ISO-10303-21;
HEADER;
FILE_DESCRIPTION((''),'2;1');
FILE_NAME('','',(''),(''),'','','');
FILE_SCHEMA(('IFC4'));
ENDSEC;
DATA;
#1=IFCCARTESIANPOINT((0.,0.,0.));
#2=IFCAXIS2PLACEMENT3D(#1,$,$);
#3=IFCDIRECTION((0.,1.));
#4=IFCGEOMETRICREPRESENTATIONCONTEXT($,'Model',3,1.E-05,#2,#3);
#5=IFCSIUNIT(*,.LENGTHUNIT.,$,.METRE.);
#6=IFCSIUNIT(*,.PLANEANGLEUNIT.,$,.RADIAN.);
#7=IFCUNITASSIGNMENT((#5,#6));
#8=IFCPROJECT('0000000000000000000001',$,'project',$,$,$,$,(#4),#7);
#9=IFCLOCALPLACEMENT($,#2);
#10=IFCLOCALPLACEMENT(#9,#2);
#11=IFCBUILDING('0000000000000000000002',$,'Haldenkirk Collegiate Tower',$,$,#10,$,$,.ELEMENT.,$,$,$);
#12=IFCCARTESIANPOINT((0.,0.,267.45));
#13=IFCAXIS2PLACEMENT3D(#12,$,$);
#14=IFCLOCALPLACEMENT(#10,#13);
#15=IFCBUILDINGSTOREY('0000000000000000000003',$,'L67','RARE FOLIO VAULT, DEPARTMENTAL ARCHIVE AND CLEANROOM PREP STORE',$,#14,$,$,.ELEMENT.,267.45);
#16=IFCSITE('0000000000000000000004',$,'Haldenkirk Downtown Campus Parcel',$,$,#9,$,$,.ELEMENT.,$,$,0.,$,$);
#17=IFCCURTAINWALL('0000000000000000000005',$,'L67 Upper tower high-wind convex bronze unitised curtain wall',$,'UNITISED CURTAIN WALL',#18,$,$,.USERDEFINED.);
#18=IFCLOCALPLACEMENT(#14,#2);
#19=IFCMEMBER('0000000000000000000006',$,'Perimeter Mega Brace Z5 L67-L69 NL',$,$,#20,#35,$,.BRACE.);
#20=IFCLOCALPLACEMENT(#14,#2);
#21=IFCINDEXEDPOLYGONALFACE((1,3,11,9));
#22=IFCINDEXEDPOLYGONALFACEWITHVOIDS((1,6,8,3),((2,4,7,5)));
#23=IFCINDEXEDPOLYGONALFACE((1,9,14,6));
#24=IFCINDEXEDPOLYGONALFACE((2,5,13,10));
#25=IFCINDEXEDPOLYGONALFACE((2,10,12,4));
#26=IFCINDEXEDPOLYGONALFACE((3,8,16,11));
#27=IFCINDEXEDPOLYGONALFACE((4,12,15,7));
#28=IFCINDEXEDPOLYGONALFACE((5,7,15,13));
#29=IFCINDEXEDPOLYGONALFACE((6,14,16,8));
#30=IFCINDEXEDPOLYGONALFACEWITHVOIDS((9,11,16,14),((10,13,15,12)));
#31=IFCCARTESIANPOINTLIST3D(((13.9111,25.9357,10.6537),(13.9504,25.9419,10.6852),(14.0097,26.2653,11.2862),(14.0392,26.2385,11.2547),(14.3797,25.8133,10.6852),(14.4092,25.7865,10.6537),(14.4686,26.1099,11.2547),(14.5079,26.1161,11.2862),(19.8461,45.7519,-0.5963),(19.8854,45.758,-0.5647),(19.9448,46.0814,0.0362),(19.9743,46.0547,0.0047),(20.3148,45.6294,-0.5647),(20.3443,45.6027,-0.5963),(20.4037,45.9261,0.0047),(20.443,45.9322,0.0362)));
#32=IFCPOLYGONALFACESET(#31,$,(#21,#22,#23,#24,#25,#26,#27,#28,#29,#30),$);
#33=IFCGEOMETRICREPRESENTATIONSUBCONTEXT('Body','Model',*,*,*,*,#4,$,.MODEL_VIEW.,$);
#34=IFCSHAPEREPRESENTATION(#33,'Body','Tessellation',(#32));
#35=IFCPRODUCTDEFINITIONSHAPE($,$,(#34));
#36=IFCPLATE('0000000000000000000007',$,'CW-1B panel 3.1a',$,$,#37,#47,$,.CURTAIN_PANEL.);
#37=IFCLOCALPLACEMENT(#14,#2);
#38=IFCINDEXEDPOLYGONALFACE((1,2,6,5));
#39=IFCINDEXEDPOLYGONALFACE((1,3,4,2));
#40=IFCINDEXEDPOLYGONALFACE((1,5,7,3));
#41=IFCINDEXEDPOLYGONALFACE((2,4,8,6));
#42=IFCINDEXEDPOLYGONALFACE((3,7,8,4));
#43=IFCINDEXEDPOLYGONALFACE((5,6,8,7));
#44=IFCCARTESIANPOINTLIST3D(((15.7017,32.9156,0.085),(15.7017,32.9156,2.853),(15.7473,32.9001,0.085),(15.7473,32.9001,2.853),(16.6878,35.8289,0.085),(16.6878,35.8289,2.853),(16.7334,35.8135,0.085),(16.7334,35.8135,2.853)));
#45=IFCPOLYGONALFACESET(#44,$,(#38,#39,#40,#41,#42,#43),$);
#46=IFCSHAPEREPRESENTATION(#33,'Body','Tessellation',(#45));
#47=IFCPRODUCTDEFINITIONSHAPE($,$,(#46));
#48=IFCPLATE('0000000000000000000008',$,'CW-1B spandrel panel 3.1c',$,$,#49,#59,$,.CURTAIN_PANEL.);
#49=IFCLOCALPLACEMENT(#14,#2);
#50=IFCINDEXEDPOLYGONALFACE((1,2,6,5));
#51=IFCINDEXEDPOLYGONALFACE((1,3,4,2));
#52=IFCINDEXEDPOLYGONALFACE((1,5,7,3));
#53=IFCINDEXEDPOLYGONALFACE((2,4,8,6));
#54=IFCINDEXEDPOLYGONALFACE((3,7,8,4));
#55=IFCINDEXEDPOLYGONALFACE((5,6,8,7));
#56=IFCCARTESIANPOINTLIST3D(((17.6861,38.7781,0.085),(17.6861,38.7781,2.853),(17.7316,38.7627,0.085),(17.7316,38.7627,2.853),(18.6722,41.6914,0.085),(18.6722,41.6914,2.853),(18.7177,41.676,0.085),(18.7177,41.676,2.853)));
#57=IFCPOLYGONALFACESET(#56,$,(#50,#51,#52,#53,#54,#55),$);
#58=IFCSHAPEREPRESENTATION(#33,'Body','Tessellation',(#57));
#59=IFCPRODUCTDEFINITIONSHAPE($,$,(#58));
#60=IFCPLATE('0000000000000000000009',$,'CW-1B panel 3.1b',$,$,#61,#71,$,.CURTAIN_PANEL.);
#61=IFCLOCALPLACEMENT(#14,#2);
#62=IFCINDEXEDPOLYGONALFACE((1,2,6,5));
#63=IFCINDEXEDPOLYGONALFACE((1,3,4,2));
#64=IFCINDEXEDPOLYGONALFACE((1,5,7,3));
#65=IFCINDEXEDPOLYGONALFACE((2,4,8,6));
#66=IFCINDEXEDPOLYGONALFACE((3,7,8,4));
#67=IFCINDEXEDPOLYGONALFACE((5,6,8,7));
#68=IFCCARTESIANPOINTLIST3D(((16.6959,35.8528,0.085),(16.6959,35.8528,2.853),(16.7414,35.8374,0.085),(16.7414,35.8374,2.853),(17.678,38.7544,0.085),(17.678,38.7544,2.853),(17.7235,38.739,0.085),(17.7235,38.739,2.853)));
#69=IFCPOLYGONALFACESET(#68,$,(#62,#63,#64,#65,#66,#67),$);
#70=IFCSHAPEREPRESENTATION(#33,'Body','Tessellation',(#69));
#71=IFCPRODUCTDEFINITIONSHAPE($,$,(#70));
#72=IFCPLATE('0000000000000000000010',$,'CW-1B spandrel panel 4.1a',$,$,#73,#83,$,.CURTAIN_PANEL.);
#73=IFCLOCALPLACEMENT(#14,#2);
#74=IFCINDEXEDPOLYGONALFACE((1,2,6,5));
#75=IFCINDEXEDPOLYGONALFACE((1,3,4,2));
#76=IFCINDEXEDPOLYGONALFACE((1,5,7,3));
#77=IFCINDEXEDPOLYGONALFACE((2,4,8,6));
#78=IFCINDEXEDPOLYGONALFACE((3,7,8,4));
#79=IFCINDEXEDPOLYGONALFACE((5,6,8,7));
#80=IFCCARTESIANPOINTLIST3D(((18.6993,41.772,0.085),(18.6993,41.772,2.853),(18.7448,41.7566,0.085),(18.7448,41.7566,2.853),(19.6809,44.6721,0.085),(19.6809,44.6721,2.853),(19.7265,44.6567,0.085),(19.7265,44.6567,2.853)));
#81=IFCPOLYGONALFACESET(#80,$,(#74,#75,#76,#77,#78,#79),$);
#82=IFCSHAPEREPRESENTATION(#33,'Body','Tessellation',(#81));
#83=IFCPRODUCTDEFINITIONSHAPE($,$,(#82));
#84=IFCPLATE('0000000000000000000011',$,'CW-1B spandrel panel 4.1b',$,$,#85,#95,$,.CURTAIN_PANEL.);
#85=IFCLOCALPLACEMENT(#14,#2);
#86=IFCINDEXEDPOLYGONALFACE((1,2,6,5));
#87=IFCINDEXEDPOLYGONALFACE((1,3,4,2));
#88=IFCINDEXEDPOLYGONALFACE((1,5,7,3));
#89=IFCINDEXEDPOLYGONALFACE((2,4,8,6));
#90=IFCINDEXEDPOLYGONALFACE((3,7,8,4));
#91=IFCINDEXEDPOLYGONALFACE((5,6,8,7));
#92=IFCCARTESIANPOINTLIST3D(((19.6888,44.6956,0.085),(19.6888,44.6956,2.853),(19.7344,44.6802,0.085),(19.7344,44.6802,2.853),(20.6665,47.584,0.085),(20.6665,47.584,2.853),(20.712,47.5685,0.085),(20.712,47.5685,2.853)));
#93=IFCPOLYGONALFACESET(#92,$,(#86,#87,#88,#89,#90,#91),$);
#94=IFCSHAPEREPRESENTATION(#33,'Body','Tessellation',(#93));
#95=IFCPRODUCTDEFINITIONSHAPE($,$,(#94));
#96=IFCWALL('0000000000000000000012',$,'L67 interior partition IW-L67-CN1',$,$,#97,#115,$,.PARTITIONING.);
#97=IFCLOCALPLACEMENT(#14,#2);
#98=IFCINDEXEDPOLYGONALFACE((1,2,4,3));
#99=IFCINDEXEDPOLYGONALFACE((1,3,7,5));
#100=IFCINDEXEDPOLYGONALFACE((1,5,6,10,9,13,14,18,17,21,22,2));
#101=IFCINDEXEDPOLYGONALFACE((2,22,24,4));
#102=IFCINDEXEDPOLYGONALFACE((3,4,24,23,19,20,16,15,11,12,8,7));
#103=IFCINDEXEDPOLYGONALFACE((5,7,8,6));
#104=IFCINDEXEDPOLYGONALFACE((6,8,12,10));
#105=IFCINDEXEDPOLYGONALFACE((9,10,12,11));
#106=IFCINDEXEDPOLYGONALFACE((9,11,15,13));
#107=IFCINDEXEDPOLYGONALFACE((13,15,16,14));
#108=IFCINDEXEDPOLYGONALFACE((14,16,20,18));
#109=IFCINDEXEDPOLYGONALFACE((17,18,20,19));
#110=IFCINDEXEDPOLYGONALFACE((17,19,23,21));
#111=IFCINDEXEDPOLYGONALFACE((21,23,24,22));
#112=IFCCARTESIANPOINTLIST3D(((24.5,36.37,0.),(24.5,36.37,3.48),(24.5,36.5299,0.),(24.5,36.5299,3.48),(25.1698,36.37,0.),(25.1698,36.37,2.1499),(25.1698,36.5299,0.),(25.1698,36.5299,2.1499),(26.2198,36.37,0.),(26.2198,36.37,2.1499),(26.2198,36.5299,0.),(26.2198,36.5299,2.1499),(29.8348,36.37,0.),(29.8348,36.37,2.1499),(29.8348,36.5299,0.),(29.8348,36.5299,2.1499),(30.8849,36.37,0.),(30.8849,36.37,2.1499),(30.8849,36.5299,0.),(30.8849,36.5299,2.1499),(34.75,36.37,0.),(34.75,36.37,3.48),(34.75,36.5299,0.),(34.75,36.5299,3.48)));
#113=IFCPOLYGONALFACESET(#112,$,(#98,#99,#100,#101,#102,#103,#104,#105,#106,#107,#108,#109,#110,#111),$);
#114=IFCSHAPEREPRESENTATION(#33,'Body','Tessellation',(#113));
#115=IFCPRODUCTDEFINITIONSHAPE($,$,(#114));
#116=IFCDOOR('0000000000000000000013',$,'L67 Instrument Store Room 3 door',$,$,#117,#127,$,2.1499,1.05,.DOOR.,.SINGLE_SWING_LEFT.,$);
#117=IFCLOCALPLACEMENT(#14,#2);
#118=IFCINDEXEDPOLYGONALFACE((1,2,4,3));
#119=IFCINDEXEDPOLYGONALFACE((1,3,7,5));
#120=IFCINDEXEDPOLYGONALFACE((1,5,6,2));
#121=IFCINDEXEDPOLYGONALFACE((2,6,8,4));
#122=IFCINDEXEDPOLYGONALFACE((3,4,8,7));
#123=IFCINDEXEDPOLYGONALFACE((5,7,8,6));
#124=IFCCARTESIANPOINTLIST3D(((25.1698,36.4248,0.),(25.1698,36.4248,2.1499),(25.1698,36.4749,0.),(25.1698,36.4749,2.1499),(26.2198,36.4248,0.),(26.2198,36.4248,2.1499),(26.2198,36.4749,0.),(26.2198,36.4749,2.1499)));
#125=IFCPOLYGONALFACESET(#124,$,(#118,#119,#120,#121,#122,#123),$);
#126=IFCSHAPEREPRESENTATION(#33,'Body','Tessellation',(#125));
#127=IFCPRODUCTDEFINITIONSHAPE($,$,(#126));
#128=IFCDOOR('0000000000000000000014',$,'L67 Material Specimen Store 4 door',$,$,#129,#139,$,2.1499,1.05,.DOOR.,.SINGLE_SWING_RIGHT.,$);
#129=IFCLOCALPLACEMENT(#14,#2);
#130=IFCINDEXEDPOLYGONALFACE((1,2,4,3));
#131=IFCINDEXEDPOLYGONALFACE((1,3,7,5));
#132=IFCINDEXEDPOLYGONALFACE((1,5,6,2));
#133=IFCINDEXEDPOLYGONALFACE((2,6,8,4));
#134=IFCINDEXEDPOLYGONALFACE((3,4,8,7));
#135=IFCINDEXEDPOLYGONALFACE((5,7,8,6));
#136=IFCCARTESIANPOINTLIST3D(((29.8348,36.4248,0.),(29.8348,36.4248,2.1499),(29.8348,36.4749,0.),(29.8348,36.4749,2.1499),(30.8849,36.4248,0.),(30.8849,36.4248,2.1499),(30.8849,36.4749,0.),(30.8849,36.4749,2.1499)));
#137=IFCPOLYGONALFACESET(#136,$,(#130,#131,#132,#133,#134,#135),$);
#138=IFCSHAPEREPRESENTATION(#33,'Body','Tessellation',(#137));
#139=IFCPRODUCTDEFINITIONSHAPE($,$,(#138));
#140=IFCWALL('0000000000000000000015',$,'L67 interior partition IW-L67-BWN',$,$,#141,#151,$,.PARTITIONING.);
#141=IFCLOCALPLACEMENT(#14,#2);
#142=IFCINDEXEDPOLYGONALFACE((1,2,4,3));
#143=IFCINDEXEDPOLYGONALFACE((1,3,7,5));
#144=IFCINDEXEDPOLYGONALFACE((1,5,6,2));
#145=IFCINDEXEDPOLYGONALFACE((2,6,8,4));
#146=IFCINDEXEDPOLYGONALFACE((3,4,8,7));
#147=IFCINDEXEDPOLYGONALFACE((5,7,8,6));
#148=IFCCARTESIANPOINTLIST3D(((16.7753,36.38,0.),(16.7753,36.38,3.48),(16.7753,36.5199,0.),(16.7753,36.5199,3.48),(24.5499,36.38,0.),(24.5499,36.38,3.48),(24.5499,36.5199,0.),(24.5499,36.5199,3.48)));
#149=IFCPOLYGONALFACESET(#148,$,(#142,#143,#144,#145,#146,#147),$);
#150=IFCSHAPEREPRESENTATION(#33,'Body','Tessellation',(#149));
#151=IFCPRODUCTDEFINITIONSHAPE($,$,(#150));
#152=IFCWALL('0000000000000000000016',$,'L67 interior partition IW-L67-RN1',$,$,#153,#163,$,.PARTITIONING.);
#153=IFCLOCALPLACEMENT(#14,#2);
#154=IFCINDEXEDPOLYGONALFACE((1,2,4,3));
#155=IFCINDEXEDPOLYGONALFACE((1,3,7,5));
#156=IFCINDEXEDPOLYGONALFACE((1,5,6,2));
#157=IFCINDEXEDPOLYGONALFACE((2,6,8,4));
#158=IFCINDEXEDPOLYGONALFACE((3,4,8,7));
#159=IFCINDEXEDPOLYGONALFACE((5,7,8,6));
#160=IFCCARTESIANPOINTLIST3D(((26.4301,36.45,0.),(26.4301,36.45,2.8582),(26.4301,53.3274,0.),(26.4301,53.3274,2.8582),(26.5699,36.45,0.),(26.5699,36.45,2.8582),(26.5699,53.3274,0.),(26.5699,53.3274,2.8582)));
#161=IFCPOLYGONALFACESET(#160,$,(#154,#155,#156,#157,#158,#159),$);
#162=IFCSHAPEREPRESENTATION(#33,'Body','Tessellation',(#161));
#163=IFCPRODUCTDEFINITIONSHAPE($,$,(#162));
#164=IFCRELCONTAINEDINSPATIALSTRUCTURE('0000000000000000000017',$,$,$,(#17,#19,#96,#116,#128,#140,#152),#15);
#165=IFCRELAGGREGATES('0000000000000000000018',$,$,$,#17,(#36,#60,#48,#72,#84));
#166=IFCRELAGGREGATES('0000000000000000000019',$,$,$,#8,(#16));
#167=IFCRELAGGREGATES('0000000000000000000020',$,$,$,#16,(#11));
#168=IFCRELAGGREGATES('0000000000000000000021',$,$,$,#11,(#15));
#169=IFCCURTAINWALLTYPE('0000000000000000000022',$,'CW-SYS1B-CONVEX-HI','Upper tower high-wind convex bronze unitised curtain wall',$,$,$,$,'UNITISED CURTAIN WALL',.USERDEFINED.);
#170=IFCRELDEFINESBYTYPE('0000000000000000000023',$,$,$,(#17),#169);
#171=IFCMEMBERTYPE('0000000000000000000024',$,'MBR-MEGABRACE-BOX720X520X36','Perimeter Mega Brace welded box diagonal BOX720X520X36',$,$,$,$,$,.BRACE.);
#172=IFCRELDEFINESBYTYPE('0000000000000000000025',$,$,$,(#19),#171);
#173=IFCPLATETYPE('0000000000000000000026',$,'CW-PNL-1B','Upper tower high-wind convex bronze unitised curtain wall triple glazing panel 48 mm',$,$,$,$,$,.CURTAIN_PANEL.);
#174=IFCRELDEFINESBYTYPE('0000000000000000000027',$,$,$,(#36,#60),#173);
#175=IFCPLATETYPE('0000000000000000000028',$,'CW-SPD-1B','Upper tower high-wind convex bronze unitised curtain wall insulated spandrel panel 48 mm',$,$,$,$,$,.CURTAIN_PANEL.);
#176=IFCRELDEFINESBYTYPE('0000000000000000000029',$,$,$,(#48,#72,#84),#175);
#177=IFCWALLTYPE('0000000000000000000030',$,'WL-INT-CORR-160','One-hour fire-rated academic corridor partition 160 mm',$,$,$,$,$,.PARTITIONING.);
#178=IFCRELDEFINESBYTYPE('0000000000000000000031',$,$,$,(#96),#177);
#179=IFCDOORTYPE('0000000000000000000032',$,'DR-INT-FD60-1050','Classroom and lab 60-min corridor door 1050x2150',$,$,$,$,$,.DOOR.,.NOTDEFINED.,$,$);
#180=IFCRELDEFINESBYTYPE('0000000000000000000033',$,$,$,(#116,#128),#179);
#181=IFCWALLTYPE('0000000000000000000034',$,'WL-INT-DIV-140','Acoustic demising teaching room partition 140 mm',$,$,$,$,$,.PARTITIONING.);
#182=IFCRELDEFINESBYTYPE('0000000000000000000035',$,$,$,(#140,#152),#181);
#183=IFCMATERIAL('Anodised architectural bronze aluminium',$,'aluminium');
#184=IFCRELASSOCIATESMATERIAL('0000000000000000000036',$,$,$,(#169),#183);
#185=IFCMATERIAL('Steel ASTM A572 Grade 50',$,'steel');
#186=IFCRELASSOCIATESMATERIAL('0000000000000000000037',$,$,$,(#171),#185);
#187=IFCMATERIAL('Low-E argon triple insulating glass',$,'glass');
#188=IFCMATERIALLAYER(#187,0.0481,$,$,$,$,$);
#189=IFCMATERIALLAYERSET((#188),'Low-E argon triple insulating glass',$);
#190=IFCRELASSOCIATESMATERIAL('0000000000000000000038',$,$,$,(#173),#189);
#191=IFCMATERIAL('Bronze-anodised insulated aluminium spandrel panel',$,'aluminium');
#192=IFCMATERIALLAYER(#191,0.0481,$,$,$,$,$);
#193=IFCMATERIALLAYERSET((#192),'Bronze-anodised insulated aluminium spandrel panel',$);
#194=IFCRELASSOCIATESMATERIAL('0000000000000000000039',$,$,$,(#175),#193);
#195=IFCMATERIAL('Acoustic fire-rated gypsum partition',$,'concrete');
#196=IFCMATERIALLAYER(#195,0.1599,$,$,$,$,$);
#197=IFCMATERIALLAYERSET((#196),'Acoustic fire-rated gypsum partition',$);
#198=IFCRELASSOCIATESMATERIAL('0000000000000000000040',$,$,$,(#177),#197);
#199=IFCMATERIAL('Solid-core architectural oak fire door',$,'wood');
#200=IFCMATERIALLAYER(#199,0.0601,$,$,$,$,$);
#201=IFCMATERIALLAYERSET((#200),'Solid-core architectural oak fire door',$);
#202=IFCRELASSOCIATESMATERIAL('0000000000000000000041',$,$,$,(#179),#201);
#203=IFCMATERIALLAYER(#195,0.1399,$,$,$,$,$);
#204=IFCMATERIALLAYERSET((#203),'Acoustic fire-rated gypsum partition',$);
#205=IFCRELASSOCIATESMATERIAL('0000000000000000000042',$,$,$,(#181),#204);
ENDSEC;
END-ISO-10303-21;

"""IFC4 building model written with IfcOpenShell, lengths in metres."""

from ifc_helpers import new_model, si_unit, direction, frame, frame_2d, origin, origin_2d, place, context, subcontext, project, spatial, rectangle, hollow_rectangle, extrude, source, transform, mapped, material, layer, layer_set, material_profile, profile_set, type_object, element, fill, aggregate, save


model = new_model("IFC4")

# Units and contexts
model_context = context("Model", 3, precision=1e-05, world=origin(), true_north=direction((0.0, 1.0)))
body_context = subcontext(model_context, "Body", "Model", "MODEL_VIEW")
ifc_project = project(units=[si_unit("LENGTHUNIT", "METRE"), si_unit("PLANEANGLEUNIT", "RADIAN")], contexts=[model_context])

# Site, building, storey
site_placement = place(None, origin())
site = spatial("IfcSite", under=ifc_project, at=site_placement, Name="Haldenkirk Downtown Campus Parcel", CompositionType="ELEMENT", RefElevation=0.0)
building_placement = place(site_placement, origin())
building = spatial("IfcBuilding", under=site, at=building_placement, Name="Haldenkirk Collegiate Tower", CompositionType="ELEMENT")
storey_placement = place(building_placement, frame((0.0, 0.0, 267.45)))
storey = spatial("IfcBuildingStorey", under=building, at=storey_placement, Name="L67", Description="RARE FOLIO VAULT, DEPARTMENTAL ARCHIVE AND CLEANROOM PREP STORE", CompositionType="ELEMENT", Elevation=267.45)

# Curtain wall
ifc_material_1 = material(Name="Anodised architectural bronze aluminium", Category="aluminium")
curtain_wall_type = type_object("IfcCurtainWallType", Name="CW-SYS1B-CONVEX-HI", Description="Upper tower high-wind convex bronze unitised curtain wall", ElementType="UNITISED CURTAIN WALL", PredefinedType="USERDEFINED", material=ifc_material_1)
curtain_wall_placement = place(storey_placement, origin())
curtain_wall = element("IfcCurtainWall", 1, at=curtain_wall_placement, inside=storey, type_object=curtain_wall_type, Name="L67 Upper tower high-wind convex bronze unitised curtain wall", ObjectType="UNITISED CURTAIN WALL", PredefinedType="USERDEFINED")

# Member
ifc_material_2 = material(Name="Steel ASTM A572 Grade 50", Category="steel")
ifc_material_profile_1 = material_profile(ifc_material_2, hollow_rectangle(XDim=0.52, YDim=0.72, WallThickness=0.0359, at=origin_2d()), Name="BOX720X520X36")
ifc_profile_set_1 = profile_set([ifc_material_profile_1], Name="Steel ASTM A572 Grade 50")
member_type_1 = type_object("IfcMemberType", Name="MBR-MEGABRACE-BOX720X520X36", Description="Perimeter Mega Brace welded box diagonal BOX720X520X36", PredefinedType="BRACE", material=ifc_profile_set_1)
member_1_placement = place(storey_placement, frame((20.1445, 45.842, -0.28), z_axis=(-0.25205, -0.841553, 0.477765), x_axis=(0.957956, -0.286914, 0.0)))
element("IfcMember", 2, at=member_1_placement, inside=storey, type_object=member_type_1, Name="Perimeter Mega Brace Z5 L67-L69 NL", PredefinedType="BRACE", context=body_context, shape_type="SweptSolid", body=[
    extrude(hollow_rectangle(XDim=0.52, YDim=0.72, WallThickness=0.0359, at=origin_2d()), origin(), (0.0, 0.0, 1.0), 23.5471),
])

# Plates
ifc_material_3 = material(Name="Low-E argon triple insulating glass", Category="glass")
ifc_layer_1 = layer(ifc_material_3, 0.0481)
ifc_layer_set_1 = layer_set([ifc_layer_1], Name="Low-E argon triple insulating glass")
plate_type_1 = type_object("IfcPlateType", Name="CW-PNL-1B", Description="Upper tower high-wind convex bronze unitised curtain wall triple glazing panel 48 mm", PredefinedType="CURTAIN_PANEL", material=ifc_layer_set_1)
shared_shape_1 = source(origin(), body_context, "Body", "SweptSolid", [
    extrude(rectangle(XDim=3.0757, YDim=0.0481, at=origin_2d()), origin(), (0.0, 0.0, 1.0), 2.7681),
])
plate_1_placement = place(storey_placement, frame((16.2175, 34.3645, 0.085), z_axis=(0.0, 0.0, 1.0), x_axis=(0.320612, 0.947211, 0.0)))
plate_1 = element("IfcPlate", 3, at=plate_1_placement, type_object=plate_type_1, Name="CW-1B panel 3.1a", PredefinedType="CURTAIN_PANEL", context=body_context, shape_type="MappedRepresentation", body=[
    mapped(shared_shape_1, transform((0.0, 0.0, 0.0), x_axis=(1.0, 0.0, 0.0), y_axis=(0.0, 1.0, 0.0), z_axis=(0.0, 0.0, 1.0), scale=1.0)),
])
ifc_material_4 = material(Name="Bronze-anodised insulated aluminium spandrel panel", Category="aluminium")
ifc_layer_2 = layer(ifc_material_4, 0.0481)
ifc_layer_set_2 = layer_set([ifc_layer_2], Name="Bronze-anodised insulated aluminium spandrel panel")
plate_type_2 = type_object("IfcPlateType", Name="CW-SPD-1B", Description="Upper tower high-wind convex bronze unitised curtain wall insulated spandrel panel 48 mm", PredefinedType="CURTAIN_PANEL", material=ifc_layer_set_2)
plate_2_placement = place(storey_placement, frame((18.2019, 40.2271, 0.085), z_axis=(0.0, 0.0, 1.0), x_axis=(0.320612, 0.947211, 0.0)))
plate_2 = element("IfcPlate", 4, at=plate_2_placement, type_object=plate_type_2, Name="CW-1B spandrel panel 3.1c", PredefinedType="CURTAIN_PANEL", context=body_context, shape_type="MappedRepresentation", body=[
    mapped(shared_shape_1, transform((0.0, 0.0, 0.0), x_axis=(1.0, 0.0, 0.0), y_axis=(0.0, 1.0, 0.0), z_axis=(0.0, 0.0, 1.0), scale=1.0)),
])
shared_shape_2 = source(origin(), body_context, "Body", "SweptSolid", [
    extrude(rectangle(XDim=3.0632, YDim=0.0481, at=origin_2d()), origin(), (0.0, 0.0, 1.0), 2.7681),
])
plate_3_placement = place(storey_placement, frame((17.2097, 37.2959, 0.085), z_axis=(0.0, 0.0, 1.0), x_axis=(0.320612, 0.947211, 0.0)))
plate_3 = element("IfcPlate", 5, at=plate_3_placement, type_object=plate_type_1, Name="CW-1B panel 3.1b", PredefinedType="CURTAIN_PANEL", context=body_context, shape_type="MappedRepresentation", body=[
    mapped(shared_shape_2, transform((0.0, 0.0, 0.0), x_axis=(1.0, 0.0, 0.0), y_axis=(0.0, 1.0, 0.0), z_axis=(0.0, 0.0, 1.0), scale=1.0)),
])
shared_shape_3 = source(origin(), body_context, "Body", "SweptSolid", [
    extrude(rectangle(XDim=3.0618, YDim=0.0481, at=origin_2d()), origin(), (0.0, 0.0, 1.0), 2.7681),
])
plate_4_placement = place(storey_placement, frame((19.2129, 43.2144, 0.085), z_axis=(0.0, 0.0, 1.0), x_axis=(0.320612, 0.947211, 0.0)))
plate_4 = element("IfcPlate", 6, at=plate_4_placement, type_object=plate_type_2, Name="CW-1B spandrel panel 4.1a", PredefinedType="CURTAIN_PANEL", context=body_context, shape_type="MappedRepresentation", body=[
    mapped(shared_shape_3, transform((0.0, 0.0, 0.0), x_axis=(1.0, 0.0, 0.0), y_axis=(0.0, 1.0, 0.0), z_axis=(0.0, 0.0, 1.0), scale=1.0)),
])
shared_shape_4 = source(origin(), body_context, "Body", "SweptSolid", [
    extrude(rectangle(XDim=3.0493, YDim=0.0481, at=origin_2d()), origin(), (0.0, 0.0, 1.0), 2.7681),
])
plate_5_placement = place(storey_placement, frame((20.2004, 46.1321, 0.085), z_axis=(0.0, 0.0, 1.0), x_axis=(0.320612, 0.947211, 0.0)))
plate_5 = element("IfcPlate", 7, at=plate_5_placement, type_object=plate_type_2, Name="CW-1B spandrel panel 4.1b", PredefinedType="CURTAIN_PANEL", context=body_context, shape_type="MappedRepresentation", body=[
    mapped(shared_shape_4, transform((0.0, 0.0, 0.0), x_axis=(1.0, 0.0, 0.0), y_axis=(0.0, 1.0, 0.0), z_axis=(0.0, 0.0, 1.0), scale=1.0)),
])
aggregate(curtain_wall, [plate_1, plate_3, plate_2, plate_4, plate_5])

# Wall, openings, doors
ifc_material_5 = material(Name="Acoustic fire-rated gypsum partition", Category="concrete")
ifc_layer_3 = layer(ifc_material_5, 0.1599)
ifc_layer_set_3 = layer_set([ifc_layer_3], Name="Acoustic fire-rated gypsum partition")
wall_type_1 = type_object("IfcWallType", Name="WL-INT-CORR-160", Description="One-hour fire-rated academic corridor partition 160 mm", PredefinedType="PARTITIONING", material=ifc_layer_set_3)
wall_1_placement = place(storey_placement, frame((24.5, 36.45, 0.0), z_axis=(0.0, 0.0, 1.0), x_axis=(1.0, 0.0, 0.0)))
wall_1 = element("IfcWall", 8, at=wall_1_placement, inside=storey, type_object=wall_type_1, Name="L67 interior partition IW-L67-CN1", PredefinedType="PARTITIONING", context=body_context, shape_type="SweptSolid", body=[
    extrude(rectangle(XDim=10.25, YDim=0.1599, at=frame_2d((5.125, 0.0))), origin(), (0.0, 0.0, 1.0), 3.48),
])
opening_1_placement = place(wall_1_placement, frame((0.6699, 0.0, 0.0)))
opening_1 = element("IfcOpeningElement", 9, at=opening_1_placement, cuts=wall_1, PredefinedType="OPENING", context=body_context, shape_type="SweptSolid", body=[
    extrude(rectangle(XDim=1.05, YDim=2.1499, at=frame_2d((0.5249, 1.075))), frame((0.0, 0.0898, 0.0), z_axis=(0.0, -1.0, 0.0), x_axis=(1.0, 0.0, 0.0)), (0.0, 0.0, 1.0), 0.1799),
])
opening_2_placement = place(wall_1_placement, frame((5.335, 0.0, 0.0)))
opening_2 = element("IfcOpeningElement", 10, at=opening_2_placement, cuts=wall_1, PredefinedType="OPENING", context=body_context, shape_type="SweptSolid", body=[
    extrude(rectangle(XDim=1.05, YDim=2.1499, at=frame_2d((0.5249, 1.075))), frame((0.0, 0.0898, 0.0), z_axis=(0.0, -1.0, 0.0), x_axis=(1.0, 0.0, 0.0)), (0.0, 0.0, 1.0), 0.1799),
])
ifc_material_6 = material(Name="Solid-core architectural oak fire door", Category="wood")
ifc_layer_4 = layer(ifc_material_6, 0.0601)
ifc_layer_set_4 = layer_set([ifc_layer_4], Name="Solid-core architectural oak fire door")
door_type = type_object("IfcDoorType", Name="DR-INT-FD60-1050", Description="Classroom and lab 60-min corridor door 1050x2150", OperationType="NOTDEFINED", PredefinedType="DOOR", material=ifc_layer_set_4)
door_1_placement = place(opening_1_placement, origin())
door_1 = element("IfcDoor", 11, at=door_1_placement, inside=storey, type_object=door_type, Name="L67 Instrument Store Room 3 door", OperationType="SINGLE_SWING_LEFT", OverallHeight=2.1499, OverallWidth=1.05, PredefinedType="DOOR", context=body_context, shape_type="SweptSolid", body=[
    extrude(rectangle(XDim=1.05, YDim=2.1499, at=frame_2d((0.5249, 1.075))), frame((0.0, 0.0249, 0.0), z_axis=(0.0, -1.0, 0.0), x_axis=(1.0, 0.0, 0.0)), (0.0, 0.0, 1.0), 0.05),
])
fill(opening_1, door_1)
door_2_placement = place(opening_2_placement, origin())
door_2 = element("IfcDoor", 12, at=door_2_placement, inside=storey, type_object=door_type, Name="L67 Material Specimen Store 4 door", OperationType="SINGLE_SWING_RIGHT", OverallHeight=2.1499, OverallWidth=1.05, PredefinedType="DOOR", context=body_context, shape_type="SweptSolid", body=[
    extrude(rectangle(XDim=1.05, YDim=2.1499, at=frame_2d((0.5249, 1.075))), frame((0.0, 0.0249, 0.0), z_axis=(0.0, -1.0, 0.0), x_axis=(1.0, 0.0, 0.0)), (0.0, 0.0, 1.0), 0.05),
])
fill(opening_2, door_2)

# Walls
ifc_layer_5 = layer(ifc_material_5, 0.1399)
ifc_layer_set_5 = layer_set([ifc_layer_5], Name="Acoustic fire-rated gypsum partition")
wall_type_2 = type_object("IfcWallType", Name="WL-INT-DIV-140", Description="Acoustic demising teaching room partition 140 mm", PredefinedType="PARTITIONING", material=ifc_layer_set_5)
wall_2_placement = place(storey_placement, frame((16.7754, 36.45, 0.0), z_axis=(0.0, 0.0, 1.0), x_axis=(1.0, 0.0, 0.0)))
element("IfcWall", 13, at=wall_2_placement, inside=storey, type_object=wall_type_2, Name="L67 interior partition IW-L67-BWN", PredefinedType="PARTITIONING", context=body_context, shape_type="SweptSolid", body=[
    extrude(rectangle(XDim=7.7747, YDim=0.1399, at=frame_2d((3.8872, 0.0))), origin(), (0.0, 0.0, 1.0), 3.48),
])
wall_3_placement = place(storey_placement, frame((26.5, 36.45, 0.0), z_axis=(0.0, 0.0, 1.0), x_axis=(0.0, 1.0, 0.0)))
element("IfcWall", 14, at=wall_3_placement, inside=storey, type_object=wall_type_2, Name="L67 interior partition IW-L67-RN1", PredefinedType="PARTITIONING", context=body_context, shape_type="SweptSolid", body=[
    extrude(rectangle(XDim=16.8774, YDim=0.1399, at=frame_2d((8.4387, 0.0))), origin(), (0.0, 0.0, 1.0), 2.8582),
])

save(model, "model.ifc")
